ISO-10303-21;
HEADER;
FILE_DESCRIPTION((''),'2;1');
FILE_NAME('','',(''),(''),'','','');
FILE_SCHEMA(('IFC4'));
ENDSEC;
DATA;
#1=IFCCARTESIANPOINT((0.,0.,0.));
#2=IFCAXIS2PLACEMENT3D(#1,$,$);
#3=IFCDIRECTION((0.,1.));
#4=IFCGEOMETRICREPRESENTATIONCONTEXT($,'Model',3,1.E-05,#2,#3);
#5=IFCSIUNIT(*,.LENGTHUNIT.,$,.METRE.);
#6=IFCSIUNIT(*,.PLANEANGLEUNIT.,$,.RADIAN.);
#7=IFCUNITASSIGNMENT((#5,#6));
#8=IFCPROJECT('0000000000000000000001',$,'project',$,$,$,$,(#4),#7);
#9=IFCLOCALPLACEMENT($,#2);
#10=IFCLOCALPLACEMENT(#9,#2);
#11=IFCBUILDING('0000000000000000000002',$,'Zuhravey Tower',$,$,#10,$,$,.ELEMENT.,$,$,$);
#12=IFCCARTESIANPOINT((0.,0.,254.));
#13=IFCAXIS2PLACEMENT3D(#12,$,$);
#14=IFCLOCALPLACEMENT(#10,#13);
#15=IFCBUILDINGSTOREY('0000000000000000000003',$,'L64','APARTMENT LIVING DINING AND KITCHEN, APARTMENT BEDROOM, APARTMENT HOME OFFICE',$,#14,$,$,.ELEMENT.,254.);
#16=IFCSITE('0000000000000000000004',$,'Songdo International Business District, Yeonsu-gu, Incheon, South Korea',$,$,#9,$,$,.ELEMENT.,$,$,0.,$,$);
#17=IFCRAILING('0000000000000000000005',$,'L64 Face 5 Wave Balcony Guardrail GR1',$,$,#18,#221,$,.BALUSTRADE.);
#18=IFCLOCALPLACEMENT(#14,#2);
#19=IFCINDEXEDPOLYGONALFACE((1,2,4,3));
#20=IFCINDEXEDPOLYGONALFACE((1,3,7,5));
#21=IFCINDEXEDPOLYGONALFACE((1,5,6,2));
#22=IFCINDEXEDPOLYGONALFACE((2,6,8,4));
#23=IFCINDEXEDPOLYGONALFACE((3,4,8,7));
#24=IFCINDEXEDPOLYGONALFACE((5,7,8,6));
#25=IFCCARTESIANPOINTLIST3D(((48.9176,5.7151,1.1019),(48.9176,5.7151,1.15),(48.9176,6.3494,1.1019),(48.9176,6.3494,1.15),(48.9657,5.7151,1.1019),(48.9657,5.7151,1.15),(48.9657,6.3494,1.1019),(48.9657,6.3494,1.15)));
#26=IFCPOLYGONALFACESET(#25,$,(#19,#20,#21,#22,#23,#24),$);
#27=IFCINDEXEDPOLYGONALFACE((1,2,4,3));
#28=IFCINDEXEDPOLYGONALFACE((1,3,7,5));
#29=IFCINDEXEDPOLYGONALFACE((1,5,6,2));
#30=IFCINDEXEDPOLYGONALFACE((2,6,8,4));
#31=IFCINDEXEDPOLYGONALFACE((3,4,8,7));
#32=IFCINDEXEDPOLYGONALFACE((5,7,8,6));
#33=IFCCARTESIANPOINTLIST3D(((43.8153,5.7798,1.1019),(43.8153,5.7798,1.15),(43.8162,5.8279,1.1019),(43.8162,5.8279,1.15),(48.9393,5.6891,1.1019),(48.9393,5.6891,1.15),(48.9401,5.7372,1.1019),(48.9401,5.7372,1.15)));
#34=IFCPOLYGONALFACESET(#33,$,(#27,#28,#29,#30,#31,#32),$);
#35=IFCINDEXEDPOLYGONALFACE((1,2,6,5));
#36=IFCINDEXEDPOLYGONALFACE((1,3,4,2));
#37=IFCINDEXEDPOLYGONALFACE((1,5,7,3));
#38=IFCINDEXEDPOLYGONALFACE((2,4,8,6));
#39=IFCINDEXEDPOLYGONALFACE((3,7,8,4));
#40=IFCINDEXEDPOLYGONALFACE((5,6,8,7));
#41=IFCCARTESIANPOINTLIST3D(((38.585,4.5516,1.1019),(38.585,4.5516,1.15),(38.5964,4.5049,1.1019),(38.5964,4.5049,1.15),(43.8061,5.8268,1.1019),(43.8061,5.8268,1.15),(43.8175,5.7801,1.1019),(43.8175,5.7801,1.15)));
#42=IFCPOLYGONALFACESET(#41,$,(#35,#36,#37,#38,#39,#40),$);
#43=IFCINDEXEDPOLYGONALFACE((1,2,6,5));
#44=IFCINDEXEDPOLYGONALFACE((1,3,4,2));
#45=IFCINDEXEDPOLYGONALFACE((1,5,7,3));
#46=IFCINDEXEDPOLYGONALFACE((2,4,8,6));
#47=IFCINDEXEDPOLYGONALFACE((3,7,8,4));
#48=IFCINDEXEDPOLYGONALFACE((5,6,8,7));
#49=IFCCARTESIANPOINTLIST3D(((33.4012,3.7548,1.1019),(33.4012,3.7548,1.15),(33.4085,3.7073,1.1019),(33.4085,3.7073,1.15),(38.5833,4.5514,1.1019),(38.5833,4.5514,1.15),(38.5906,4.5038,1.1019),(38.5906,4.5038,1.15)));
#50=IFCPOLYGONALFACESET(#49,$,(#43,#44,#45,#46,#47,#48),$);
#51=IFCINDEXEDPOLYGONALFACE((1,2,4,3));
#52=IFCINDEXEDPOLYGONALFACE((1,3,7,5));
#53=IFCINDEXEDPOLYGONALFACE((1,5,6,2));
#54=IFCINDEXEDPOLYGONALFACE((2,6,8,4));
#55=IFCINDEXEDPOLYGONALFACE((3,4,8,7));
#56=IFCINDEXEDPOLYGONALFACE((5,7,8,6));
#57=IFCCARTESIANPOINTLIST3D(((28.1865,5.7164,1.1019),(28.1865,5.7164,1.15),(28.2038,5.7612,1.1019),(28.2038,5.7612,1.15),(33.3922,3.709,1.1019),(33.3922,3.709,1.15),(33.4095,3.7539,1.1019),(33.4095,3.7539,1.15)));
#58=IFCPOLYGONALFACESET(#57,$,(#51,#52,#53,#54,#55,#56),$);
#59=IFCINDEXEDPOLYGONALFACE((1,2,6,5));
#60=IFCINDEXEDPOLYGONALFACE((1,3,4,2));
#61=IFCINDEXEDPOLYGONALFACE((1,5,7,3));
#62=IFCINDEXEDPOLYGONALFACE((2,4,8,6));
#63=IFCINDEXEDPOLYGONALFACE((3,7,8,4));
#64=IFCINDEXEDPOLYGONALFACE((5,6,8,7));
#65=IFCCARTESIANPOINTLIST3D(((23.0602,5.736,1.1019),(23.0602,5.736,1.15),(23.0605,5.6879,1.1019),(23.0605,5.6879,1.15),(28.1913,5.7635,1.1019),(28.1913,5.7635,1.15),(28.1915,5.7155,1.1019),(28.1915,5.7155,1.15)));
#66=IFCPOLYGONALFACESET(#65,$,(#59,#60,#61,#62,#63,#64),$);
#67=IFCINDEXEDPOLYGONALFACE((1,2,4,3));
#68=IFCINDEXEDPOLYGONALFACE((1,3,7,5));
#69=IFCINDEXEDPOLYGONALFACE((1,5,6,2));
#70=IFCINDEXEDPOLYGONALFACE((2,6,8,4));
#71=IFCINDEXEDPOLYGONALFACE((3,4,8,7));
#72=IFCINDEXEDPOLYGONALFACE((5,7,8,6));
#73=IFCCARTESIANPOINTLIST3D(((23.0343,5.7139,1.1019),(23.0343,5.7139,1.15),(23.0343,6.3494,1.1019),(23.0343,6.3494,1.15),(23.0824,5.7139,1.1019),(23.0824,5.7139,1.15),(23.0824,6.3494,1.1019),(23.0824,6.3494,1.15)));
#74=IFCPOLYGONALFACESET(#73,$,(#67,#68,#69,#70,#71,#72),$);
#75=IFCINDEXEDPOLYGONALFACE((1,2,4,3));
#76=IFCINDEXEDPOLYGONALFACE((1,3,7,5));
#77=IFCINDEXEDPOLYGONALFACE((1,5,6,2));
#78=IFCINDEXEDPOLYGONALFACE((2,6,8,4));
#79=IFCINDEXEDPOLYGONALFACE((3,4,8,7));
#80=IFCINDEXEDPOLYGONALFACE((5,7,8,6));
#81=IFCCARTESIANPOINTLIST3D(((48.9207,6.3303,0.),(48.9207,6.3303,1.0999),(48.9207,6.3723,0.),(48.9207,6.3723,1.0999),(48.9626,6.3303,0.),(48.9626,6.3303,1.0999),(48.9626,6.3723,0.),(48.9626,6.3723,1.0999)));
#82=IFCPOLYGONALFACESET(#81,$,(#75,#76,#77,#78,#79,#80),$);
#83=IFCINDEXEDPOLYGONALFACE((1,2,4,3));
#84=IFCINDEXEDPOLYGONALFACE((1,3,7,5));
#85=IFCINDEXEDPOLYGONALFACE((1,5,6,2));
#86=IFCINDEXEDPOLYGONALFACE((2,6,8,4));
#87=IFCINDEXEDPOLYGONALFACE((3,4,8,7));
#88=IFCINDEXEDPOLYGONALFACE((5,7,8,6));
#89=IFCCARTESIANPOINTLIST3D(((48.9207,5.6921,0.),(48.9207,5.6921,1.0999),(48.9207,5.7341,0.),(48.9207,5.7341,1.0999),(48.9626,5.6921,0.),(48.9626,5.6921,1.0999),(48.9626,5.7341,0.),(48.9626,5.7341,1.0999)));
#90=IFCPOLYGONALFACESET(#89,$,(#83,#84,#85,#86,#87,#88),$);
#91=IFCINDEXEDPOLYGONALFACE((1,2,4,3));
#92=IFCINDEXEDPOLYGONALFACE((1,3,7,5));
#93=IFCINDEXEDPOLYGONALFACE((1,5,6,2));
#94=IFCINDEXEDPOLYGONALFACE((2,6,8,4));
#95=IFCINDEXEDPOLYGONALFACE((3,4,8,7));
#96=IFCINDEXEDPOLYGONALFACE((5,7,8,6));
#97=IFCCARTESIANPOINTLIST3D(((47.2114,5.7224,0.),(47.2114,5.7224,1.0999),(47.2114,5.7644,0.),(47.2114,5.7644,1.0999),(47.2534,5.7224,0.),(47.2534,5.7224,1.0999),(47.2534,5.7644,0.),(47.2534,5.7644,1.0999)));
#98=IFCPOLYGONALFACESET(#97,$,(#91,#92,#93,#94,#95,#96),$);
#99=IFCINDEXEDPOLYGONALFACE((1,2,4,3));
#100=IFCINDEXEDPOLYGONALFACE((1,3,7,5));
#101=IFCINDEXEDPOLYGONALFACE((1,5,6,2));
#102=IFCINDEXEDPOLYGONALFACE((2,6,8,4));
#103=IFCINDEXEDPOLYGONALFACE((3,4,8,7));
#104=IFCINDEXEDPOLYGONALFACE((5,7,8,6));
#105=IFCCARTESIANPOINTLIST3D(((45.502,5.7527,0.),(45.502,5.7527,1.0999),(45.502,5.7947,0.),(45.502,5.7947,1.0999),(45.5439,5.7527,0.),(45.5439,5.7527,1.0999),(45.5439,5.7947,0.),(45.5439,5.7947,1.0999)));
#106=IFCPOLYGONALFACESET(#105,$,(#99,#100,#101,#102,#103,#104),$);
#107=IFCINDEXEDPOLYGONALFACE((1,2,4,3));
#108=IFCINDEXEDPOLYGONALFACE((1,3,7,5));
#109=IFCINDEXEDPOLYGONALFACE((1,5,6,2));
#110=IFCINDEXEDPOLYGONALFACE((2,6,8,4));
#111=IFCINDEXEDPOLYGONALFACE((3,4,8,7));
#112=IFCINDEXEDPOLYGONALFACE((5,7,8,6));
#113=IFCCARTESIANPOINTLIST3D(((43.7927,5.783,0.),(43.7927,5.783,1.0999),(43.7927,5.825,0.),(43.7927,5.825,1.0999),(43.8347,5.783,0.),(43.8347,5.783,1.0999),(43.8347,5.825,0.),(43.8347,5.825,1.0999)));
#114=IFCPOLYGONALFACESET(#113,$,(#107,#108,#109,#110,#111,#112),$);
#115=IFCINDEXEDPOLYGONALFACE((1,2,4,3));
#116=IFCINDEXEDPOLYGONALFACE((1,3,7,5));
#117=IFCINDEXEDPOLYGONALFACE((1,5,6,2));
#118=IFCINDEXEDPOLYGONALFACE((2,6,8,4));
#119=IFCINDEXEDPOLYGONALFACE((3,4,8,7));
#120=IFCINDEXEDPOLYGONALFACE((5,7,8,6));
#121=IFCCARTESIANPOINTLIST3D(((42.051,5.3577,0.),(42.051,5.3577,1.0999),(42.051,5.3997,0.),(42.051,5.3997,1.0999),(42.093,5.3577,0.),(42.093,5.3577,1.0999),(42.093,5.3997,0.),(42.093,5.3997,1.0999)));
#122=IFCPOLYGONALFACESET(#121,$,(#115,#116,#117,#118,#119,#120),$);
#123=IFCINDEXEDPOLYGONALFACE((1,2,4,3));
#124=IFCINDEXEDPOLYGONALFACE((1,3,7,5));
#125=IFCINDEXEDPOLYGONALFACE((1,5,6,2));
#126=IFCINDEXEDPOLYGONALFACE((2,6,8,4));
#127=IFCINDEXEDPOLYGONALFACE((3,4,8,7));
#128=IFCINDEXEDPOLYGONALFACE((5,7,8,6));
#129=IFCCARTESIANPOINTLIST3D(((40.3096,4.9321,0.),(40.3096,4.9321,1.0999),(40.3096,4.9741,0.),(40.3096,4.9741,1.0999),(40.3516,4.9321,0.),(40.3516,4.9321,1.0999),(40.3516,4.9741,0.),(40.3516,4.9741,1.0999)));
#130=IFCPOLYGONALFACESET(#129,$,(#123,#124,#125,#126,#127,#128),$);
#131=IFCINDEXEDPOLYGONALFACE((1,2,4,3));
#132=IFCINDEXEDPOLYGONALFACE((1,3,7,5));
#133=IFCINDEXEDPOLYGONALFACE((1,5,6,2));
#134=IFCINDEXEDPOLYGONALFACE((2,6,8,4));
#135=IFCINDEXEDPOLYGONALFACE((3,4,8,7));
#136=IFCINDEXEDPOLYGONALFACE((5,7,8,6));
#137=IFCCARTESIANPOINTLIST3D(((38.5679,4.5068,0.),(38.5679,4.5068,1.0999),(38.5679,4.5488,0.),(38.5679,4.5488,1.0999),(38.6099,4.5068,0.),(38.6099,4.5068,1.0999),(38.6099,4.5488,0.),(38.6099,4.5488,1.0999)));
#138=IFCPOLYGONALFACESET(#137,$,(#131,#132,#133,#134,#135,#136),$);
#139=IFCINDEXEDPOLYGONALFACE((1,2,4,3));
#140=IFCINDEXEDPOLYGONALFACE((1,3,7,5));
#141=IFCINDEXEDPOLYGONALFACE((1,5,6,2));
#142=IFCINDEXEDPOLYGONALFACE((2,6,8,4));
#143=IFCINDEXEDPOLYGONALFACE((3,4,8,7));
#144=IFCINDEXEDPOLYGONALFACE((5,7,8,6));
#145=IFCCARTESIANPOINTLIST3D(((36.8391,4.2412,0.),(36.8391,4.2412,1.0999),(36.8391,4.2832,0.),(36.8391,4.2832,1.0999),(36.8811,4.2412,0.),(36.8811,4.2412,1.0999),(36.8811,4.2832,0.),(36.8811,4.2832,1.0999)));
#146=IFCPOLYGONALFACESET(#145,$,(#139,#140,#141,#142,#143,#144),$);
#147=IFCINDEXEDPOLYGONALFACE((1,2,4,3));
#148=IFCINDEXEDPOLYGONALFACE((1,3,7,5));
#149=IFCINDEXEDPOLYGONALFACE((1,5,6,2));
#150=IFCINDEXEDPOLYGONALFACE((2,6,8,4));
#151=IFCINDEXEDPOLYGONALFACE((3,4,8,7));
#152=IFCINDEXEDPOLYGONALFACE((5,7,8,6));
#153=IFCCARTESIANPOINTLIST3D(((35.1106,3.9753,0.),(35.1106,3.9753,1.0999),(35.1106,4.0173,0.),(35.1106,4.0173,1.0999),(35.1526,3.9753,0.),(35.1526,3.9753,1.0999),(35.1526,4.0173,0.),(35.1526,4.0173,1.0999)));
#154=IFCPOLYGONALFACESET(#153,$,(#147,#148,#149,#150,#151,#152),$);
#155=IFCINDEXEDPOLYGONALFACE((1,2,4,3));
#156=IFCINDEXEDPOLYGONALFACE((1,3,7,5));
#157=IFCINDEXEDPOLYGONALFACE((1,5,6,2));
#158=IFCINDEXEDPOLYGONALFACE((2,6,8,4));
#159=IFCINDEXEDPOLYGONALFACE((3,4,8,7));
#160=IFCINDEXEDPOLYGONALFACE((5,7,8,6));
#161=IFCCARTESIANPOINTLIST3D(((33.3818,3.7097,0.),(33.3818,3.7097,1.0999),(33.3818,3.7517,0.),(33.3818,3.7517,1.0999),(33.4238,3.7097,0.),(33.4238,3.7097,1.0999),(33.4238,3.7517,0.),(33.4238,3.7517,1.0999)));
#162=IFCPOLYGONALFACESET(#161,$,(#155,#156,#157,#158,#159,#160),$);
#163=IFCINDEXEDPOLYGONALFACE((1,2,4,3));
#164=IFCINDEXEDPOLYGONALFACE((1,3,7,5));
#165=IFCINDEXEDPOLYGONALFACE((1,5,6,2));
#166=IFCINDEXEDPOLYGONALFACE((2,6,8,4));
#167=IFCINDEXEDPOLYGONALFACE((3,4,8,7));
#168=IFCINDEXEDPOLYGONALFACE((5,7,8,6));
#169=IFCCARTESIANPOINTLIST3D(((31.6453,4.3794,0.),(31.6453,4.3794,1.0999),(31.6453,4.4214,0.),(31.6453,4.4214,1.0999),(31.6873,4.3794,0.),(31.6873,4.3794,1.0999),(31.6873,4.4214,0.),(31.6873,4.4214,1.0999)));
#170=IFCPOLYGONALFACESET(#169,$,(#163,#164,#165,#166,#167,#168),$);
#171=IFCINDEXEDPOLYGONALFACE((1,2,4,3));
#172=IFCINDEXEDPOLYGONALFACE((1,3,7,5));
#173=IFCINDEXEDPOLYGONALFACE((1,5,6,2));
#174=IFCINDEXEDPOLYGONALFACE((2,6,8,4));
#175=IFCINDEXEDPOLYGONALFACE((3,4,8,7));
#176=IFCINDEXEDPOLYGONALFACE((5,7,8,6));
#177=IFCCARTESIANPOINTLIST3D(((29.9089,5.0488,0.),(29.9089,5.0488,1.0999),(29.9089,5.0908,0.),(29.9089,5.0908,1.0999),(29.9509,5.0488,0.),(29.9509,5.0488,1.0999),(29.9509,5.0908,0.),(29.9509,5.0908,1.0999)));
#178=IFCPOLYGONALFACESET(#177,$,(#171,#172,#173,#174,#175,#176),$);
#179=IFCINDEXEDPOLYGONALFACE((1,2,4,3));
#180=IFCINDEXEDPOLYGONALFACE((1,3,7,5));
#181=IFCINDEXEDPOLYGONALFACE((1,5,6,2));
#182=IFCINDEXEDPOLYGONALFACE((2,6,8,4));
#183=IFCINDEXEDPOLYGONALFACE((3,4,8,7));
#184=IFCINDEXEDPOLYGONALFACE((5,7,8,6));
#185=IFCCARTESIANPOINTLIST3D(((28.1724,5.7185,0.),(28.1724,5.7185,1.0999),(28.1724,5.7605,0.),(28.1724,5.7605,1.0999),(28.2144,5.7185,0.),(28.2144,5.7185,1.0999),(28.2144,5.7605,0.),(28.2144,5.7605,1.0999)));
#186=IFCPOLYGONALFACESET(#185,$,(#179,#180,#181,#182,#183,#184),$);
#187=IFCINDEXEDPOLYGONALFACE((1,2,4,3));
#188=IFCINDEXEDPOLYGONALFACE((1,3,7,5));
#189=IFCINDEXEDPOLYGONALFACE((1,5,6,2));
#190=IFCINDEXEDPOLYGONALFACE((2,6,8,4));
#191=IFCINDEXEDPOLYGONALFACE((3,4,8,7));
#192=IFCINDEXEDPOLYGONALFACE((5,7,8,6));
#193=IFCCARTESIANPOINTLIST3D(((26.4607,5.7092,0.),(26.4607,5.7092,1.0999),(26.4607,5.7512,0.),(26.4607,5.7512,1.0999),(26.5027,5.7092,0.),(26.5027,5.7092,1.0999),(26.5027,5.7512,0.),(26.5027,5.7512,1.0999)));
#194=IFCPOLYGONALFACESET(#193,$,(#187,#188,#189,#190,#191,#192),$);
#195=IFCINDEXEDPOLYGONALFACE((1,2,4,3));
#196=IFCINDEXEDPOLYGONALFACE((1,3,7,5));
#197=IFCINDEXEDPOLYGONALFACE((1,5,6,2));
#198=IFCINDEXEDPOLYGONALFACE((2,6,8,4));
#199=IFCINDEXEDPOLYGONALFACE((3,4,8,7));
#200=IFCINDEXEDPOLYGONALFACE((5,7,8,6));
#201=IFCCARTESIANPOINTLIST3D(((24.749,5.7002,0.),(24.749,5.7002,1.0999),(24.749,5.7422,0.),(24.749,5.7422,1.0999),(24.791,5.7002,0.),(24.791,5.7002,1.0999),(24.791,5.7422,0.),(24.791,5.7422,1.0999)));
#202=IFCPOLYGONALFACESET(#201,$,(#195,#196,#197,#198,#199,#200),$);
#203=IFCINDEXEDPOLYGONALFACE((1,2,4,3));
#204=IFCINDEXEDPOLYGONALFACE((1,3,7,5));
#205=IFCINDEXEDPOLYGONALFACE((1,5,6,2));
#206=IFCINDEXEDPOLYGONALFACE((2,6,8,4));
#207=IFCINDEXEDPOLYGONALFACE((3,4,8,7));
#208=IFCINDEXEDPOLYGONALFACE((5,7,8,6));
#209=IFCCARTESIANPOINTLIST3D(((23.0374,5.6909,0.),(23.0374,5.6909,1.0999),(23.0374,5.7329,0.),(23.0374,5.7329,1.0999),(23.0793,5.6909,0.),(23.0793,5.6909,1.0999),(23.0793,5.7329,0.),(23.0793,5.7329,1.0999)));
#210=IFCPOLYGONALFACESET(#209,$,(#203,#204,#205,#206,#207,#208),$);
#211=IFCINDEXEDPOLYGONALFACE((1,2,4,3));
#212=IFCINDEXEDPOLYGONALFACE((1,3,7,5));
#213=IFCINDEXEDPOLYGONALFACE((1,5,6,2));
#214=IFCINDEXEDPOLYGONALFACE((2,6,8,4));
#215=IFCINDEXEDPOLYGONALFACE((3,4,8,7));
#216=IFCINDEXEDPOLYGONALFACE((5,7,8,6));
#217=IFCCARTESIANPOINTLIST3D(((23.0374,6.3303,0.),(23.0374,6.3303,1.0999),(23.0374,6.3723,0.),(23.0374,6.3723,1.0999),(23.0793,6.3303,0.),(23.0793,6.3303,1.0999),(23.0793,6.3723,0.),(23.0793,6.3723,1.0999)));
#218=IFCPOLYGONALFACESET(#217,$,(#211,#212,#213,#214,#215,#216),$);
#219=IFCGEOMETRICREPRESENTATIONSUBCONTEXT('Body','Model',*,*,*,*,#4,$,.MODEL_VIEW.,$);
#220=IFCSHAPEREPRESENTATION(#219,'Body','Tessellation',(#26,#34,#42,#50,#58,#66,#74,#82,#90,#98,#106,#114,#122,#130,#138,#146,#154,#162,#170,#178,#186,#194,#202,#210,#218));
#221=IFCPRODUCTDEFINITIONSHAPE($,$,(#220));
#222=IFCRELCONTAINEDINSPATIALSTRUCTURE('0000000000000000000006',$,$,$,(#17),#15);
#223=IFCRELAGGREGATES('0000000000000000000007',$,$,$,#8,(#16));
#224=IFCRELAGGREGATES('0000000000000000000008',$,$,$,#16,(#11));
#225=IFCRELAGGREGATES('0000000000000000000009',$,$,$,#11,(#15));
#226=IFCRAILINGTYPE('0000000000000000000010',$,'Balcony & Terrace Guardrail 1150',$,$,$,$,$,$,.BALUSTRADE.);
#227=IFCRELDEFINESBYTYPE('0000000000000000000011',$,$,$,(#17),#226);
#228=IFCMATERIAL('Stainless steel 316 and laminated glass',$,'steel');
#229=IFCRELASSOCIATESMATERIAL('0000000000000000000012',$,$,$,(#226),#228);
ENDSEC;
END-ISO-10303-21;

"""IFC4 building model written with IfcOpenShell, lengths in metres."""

from ifc_helpers import new_model, si_unit, direction, frame, origin, origin_2d, place, context, subcontext, project, spatial, rectangle, extrude, material, type_object, element, save


model = new_model("IFC4")

# Units and contexts
model_context = context("Model", 3, precision=1e-05, world=origin(), true_north=direction((0.0, 1.0)))
body_context = subcontext(model_context, "Body", "Model", "MODEL_VIEW")
ifc_project = project(units=[si_unit("LENGTHUNIT", "METRE"), si_unit("PLANEANGLEUNIT", "RADIAN")], contexts=[model_context])

# Site, building, storey
site_placement = place(None, origin())
site = spatial("IfcSite", under=ifc_project, at=site_placement, Name="Songdo International Business District, Yeonsu-gu, Incheon, South Korea", CompositionType="ELEMENT", RefElevation=0.0)
building_placement = place(site_placement, origin())
building = spatial("IfcBuilding", under=site, at=building_placement, Name="Zuhravey Tower", CompositionType="ELEMENT")
storey_placement = place(building_placement, frame((0.0, 0.0, 254.0)))
storey = spatial("IfcBuildingStorey", under=building, at=storey_placement, Name="L64", Description="APARTMENT LIVING DINING AND KITCHEN, APARTMENT BEDROOM, APARTMENT HOME OFFICE", CompositionType="ELEMENT", Elevation=254.0)

# Railing
ifc_material_1 = material(Name="Stainless steel 316 and laminated glass", Category="steel")
railing_type = type_object("IfcRailingType", Name="Balcony & Terrace Guardrail 1150", PredefinedType="BALUSTRADE", material=ifc_material_1)
railing_placement = place(storey_placement, frame((48.9417, 6.3513, 0.0)))
element("IfcRailing", 1, at=railing_placement, inside=storey, type_object=railing_type, Name="L64 Face 5 Wave Balcony Guardrail GR1", PredefinedType="BALUSTRADE", context=body_context, shape_type="SweptSolid", body=[
    extrude(rectangle(XDim=0.0481, YDim=0.0481, at=origin_2d()), frame((0.0, -0.002, 1.126), z_axis=(0.0, -1.0, 0.0), x_axis=(1.0, 0.0, 0.0)), (0.0, 0.0, 1.0), 0.6343),
    extrude(rectangle(XDim=0.0481, YDim=0.0481, at=origin_2d()), frame((-0.002, -0.6382, 1.126), z_axis=(-0.999843, 0.017708, 0.0), x_axis=(-0.017708, -0.999843, 0.0)), (0.0, 0.0, 1.0), 5.1248),
    extrude(rectangle(XDim=0.0481, YDim=0.0481, at=origin_2d()), frame((-5.1299, -0.5479, 1.126), z_axis=(-0.971445, -0.237267, 0.0), x_axis=(0.237267, -0.971445, 0.0)), (0.0, 0.0, 1.0), 5.3745),
    extrude(rectangle(XDim=0.0481, YDim=0.0481, at=origin_2d()), frame((-10.3547, -1.8237, 1.126), z_axis=(-0.988393, -0.151921, 0.0), x_axis=(0.151921, -0.988393, 0.0)), (0.0, 0.0, 1.0), 5.2429),
    extrude(rectangle(XDim=0.0481, YDim=0.0481, at=origin_2d()), frame((-15.5408, -2.6199, 1.126), z_axis=(-0.933036, 0.359782, 0.0), x_axis=(-0.359782, -0.933036, 0.0)), (0.0, 0.0, 1.0), 5.5793),
    extrude(rectangle(XDim=0.0481, YDim=0.0481, at=origin_2d()), frame((-20.7502, -0.6118, 1.126), z_axis=(-0.999986, -0.005372, 0.0), x_axis=(0.005372, -0.999986, 0.0)), (0.0, 0.0, 1.0), 5.1311),
    extrude(rectangle(XDim=0.0481, YDim=0.0481, at=origin_2d()), frame((-25.8833, -0.6375, 1.126), z_axis=(0.0, 1.0, 0.0), x_axis=(-1.0, 0.0, 0.0)), (0.0, 0.0, 1.0), 0.6355),
    extrude(rectangle(XDim=0.042, YDim=0.042, at=origin_2d()), origin(), (0.0, 0.0, 1.0), 1.0999),
    extrude(rectangle(XDim=0.042, YDim=0.042, at=origin_2d()), frame((0.0, -0.6382, 0.0)), (0.0, 0.0, 1.0), 1.0999),
    extrude(rectangle(XDim=0.042, YDim=0.042, at=origin_2d()), frame((-1.7092, -0.6079, 0.0)), (0.0, 0.0, 1.0), 1.0999),
    extrude(rectangle(XDim=0.042, YDim=0.042, at=origin_2d()), frame((-3.4187, -0.5776, 0.0)), (0.0, 0.0, 1.0), 1.0999),
    extrude(rectangle(XDim=0.042, YDim=0.042, at=origin_2d()), frame((-5.1279, -0.5474, 0.0)), (0.0, 0.0, 1.0), 1.0999),
    extrude(rectangle(XDim=0.042, YDim=0.042, at=origin_2d()), frame((-6.8696, -0.9727, 0.0)), (0.0, 0.0, 1.0), 1.0999),
    extrude(rectangle(XDim=0.042, YDim=0.042, at=origin_2d()), frame((-8.6111, -1.3982, 0.0)), (0.0, 0.0, 1.0), 1.0999),
    extrude(rectangle(XDim=0.042, YDim=0.042, at=origin_2d()), frame((-10.3528, -1.8235, 0.0)), (0.0, 0.0, 1.0), 1.0999),
    extrude(rectangle(XDim=0.042, YDim=0.042, at=origin_2d()), frame((-12.0815, -2.0891, 0.0)), (0.0, 0.0, 1.0), 1.0999),
    extrude(rectangle(XDim=0.042, YDim=0.042, at=origin_2d()), frame((-13.8101, -2.355, 0.0)), (0.0, 0.0, 1.0), 1.0999),
    extrude(rectangle(XDim=0.042, YDim=0.042, at=origin_2d()), frame((-15.5388, -2.6206, 0.0)), (0.0, 0.0, 1.0), 1.0999),
    extrude(rectangle(XDim=0.042, YDim=0.042, at=origin_2d()), frame((-17.2754, -1.9509, 0.0)), (0.0, 0.0, 1.0), 1.0999),
    extrude(rectangle(XDim=0.042, YDim=0.042, at=origin_2d()), frame((-19.0117, -1.2815, 0.0)), (0.0, 0.0, 1.0), 1.0999),
    extrude(rectangle(XDim=0.042, YDim=0.042, at=origin_2d()), frame((-20.7483, -0.6118, 0.0)), (0.0, 0.0, 1.0), 1.0999),
    extrude(rectangle(XDim=0.042, YDim=0.042, at=origin_2d()), frame((-22.46, -0.6211, 0.0)), (0.0, 0.0, 1.0), 1.0999),
    extrude(rectangle(XDim=0.042, YDim=0.042, at=origin_2d()), frame((-24.1716, -0.6301, 0.0)), (0.0, 0.0, 1.0), 1.0999),
    extrude(rectangle(XDim=0.042, YDim=0.042, at=origin_2d()), frame((-25.8833, -0.6394, 0.0)), (0.0, 0.0, 1.0), 1.0999),
    extrude(rectangle(XDim=0.042, YDim=0.042, at=origin_2d()), frame((-25.8833, 0.0, 0.0)), (0.0, 0.0, 1.0), 1.0999),
])

save(model, "model.ifc")
